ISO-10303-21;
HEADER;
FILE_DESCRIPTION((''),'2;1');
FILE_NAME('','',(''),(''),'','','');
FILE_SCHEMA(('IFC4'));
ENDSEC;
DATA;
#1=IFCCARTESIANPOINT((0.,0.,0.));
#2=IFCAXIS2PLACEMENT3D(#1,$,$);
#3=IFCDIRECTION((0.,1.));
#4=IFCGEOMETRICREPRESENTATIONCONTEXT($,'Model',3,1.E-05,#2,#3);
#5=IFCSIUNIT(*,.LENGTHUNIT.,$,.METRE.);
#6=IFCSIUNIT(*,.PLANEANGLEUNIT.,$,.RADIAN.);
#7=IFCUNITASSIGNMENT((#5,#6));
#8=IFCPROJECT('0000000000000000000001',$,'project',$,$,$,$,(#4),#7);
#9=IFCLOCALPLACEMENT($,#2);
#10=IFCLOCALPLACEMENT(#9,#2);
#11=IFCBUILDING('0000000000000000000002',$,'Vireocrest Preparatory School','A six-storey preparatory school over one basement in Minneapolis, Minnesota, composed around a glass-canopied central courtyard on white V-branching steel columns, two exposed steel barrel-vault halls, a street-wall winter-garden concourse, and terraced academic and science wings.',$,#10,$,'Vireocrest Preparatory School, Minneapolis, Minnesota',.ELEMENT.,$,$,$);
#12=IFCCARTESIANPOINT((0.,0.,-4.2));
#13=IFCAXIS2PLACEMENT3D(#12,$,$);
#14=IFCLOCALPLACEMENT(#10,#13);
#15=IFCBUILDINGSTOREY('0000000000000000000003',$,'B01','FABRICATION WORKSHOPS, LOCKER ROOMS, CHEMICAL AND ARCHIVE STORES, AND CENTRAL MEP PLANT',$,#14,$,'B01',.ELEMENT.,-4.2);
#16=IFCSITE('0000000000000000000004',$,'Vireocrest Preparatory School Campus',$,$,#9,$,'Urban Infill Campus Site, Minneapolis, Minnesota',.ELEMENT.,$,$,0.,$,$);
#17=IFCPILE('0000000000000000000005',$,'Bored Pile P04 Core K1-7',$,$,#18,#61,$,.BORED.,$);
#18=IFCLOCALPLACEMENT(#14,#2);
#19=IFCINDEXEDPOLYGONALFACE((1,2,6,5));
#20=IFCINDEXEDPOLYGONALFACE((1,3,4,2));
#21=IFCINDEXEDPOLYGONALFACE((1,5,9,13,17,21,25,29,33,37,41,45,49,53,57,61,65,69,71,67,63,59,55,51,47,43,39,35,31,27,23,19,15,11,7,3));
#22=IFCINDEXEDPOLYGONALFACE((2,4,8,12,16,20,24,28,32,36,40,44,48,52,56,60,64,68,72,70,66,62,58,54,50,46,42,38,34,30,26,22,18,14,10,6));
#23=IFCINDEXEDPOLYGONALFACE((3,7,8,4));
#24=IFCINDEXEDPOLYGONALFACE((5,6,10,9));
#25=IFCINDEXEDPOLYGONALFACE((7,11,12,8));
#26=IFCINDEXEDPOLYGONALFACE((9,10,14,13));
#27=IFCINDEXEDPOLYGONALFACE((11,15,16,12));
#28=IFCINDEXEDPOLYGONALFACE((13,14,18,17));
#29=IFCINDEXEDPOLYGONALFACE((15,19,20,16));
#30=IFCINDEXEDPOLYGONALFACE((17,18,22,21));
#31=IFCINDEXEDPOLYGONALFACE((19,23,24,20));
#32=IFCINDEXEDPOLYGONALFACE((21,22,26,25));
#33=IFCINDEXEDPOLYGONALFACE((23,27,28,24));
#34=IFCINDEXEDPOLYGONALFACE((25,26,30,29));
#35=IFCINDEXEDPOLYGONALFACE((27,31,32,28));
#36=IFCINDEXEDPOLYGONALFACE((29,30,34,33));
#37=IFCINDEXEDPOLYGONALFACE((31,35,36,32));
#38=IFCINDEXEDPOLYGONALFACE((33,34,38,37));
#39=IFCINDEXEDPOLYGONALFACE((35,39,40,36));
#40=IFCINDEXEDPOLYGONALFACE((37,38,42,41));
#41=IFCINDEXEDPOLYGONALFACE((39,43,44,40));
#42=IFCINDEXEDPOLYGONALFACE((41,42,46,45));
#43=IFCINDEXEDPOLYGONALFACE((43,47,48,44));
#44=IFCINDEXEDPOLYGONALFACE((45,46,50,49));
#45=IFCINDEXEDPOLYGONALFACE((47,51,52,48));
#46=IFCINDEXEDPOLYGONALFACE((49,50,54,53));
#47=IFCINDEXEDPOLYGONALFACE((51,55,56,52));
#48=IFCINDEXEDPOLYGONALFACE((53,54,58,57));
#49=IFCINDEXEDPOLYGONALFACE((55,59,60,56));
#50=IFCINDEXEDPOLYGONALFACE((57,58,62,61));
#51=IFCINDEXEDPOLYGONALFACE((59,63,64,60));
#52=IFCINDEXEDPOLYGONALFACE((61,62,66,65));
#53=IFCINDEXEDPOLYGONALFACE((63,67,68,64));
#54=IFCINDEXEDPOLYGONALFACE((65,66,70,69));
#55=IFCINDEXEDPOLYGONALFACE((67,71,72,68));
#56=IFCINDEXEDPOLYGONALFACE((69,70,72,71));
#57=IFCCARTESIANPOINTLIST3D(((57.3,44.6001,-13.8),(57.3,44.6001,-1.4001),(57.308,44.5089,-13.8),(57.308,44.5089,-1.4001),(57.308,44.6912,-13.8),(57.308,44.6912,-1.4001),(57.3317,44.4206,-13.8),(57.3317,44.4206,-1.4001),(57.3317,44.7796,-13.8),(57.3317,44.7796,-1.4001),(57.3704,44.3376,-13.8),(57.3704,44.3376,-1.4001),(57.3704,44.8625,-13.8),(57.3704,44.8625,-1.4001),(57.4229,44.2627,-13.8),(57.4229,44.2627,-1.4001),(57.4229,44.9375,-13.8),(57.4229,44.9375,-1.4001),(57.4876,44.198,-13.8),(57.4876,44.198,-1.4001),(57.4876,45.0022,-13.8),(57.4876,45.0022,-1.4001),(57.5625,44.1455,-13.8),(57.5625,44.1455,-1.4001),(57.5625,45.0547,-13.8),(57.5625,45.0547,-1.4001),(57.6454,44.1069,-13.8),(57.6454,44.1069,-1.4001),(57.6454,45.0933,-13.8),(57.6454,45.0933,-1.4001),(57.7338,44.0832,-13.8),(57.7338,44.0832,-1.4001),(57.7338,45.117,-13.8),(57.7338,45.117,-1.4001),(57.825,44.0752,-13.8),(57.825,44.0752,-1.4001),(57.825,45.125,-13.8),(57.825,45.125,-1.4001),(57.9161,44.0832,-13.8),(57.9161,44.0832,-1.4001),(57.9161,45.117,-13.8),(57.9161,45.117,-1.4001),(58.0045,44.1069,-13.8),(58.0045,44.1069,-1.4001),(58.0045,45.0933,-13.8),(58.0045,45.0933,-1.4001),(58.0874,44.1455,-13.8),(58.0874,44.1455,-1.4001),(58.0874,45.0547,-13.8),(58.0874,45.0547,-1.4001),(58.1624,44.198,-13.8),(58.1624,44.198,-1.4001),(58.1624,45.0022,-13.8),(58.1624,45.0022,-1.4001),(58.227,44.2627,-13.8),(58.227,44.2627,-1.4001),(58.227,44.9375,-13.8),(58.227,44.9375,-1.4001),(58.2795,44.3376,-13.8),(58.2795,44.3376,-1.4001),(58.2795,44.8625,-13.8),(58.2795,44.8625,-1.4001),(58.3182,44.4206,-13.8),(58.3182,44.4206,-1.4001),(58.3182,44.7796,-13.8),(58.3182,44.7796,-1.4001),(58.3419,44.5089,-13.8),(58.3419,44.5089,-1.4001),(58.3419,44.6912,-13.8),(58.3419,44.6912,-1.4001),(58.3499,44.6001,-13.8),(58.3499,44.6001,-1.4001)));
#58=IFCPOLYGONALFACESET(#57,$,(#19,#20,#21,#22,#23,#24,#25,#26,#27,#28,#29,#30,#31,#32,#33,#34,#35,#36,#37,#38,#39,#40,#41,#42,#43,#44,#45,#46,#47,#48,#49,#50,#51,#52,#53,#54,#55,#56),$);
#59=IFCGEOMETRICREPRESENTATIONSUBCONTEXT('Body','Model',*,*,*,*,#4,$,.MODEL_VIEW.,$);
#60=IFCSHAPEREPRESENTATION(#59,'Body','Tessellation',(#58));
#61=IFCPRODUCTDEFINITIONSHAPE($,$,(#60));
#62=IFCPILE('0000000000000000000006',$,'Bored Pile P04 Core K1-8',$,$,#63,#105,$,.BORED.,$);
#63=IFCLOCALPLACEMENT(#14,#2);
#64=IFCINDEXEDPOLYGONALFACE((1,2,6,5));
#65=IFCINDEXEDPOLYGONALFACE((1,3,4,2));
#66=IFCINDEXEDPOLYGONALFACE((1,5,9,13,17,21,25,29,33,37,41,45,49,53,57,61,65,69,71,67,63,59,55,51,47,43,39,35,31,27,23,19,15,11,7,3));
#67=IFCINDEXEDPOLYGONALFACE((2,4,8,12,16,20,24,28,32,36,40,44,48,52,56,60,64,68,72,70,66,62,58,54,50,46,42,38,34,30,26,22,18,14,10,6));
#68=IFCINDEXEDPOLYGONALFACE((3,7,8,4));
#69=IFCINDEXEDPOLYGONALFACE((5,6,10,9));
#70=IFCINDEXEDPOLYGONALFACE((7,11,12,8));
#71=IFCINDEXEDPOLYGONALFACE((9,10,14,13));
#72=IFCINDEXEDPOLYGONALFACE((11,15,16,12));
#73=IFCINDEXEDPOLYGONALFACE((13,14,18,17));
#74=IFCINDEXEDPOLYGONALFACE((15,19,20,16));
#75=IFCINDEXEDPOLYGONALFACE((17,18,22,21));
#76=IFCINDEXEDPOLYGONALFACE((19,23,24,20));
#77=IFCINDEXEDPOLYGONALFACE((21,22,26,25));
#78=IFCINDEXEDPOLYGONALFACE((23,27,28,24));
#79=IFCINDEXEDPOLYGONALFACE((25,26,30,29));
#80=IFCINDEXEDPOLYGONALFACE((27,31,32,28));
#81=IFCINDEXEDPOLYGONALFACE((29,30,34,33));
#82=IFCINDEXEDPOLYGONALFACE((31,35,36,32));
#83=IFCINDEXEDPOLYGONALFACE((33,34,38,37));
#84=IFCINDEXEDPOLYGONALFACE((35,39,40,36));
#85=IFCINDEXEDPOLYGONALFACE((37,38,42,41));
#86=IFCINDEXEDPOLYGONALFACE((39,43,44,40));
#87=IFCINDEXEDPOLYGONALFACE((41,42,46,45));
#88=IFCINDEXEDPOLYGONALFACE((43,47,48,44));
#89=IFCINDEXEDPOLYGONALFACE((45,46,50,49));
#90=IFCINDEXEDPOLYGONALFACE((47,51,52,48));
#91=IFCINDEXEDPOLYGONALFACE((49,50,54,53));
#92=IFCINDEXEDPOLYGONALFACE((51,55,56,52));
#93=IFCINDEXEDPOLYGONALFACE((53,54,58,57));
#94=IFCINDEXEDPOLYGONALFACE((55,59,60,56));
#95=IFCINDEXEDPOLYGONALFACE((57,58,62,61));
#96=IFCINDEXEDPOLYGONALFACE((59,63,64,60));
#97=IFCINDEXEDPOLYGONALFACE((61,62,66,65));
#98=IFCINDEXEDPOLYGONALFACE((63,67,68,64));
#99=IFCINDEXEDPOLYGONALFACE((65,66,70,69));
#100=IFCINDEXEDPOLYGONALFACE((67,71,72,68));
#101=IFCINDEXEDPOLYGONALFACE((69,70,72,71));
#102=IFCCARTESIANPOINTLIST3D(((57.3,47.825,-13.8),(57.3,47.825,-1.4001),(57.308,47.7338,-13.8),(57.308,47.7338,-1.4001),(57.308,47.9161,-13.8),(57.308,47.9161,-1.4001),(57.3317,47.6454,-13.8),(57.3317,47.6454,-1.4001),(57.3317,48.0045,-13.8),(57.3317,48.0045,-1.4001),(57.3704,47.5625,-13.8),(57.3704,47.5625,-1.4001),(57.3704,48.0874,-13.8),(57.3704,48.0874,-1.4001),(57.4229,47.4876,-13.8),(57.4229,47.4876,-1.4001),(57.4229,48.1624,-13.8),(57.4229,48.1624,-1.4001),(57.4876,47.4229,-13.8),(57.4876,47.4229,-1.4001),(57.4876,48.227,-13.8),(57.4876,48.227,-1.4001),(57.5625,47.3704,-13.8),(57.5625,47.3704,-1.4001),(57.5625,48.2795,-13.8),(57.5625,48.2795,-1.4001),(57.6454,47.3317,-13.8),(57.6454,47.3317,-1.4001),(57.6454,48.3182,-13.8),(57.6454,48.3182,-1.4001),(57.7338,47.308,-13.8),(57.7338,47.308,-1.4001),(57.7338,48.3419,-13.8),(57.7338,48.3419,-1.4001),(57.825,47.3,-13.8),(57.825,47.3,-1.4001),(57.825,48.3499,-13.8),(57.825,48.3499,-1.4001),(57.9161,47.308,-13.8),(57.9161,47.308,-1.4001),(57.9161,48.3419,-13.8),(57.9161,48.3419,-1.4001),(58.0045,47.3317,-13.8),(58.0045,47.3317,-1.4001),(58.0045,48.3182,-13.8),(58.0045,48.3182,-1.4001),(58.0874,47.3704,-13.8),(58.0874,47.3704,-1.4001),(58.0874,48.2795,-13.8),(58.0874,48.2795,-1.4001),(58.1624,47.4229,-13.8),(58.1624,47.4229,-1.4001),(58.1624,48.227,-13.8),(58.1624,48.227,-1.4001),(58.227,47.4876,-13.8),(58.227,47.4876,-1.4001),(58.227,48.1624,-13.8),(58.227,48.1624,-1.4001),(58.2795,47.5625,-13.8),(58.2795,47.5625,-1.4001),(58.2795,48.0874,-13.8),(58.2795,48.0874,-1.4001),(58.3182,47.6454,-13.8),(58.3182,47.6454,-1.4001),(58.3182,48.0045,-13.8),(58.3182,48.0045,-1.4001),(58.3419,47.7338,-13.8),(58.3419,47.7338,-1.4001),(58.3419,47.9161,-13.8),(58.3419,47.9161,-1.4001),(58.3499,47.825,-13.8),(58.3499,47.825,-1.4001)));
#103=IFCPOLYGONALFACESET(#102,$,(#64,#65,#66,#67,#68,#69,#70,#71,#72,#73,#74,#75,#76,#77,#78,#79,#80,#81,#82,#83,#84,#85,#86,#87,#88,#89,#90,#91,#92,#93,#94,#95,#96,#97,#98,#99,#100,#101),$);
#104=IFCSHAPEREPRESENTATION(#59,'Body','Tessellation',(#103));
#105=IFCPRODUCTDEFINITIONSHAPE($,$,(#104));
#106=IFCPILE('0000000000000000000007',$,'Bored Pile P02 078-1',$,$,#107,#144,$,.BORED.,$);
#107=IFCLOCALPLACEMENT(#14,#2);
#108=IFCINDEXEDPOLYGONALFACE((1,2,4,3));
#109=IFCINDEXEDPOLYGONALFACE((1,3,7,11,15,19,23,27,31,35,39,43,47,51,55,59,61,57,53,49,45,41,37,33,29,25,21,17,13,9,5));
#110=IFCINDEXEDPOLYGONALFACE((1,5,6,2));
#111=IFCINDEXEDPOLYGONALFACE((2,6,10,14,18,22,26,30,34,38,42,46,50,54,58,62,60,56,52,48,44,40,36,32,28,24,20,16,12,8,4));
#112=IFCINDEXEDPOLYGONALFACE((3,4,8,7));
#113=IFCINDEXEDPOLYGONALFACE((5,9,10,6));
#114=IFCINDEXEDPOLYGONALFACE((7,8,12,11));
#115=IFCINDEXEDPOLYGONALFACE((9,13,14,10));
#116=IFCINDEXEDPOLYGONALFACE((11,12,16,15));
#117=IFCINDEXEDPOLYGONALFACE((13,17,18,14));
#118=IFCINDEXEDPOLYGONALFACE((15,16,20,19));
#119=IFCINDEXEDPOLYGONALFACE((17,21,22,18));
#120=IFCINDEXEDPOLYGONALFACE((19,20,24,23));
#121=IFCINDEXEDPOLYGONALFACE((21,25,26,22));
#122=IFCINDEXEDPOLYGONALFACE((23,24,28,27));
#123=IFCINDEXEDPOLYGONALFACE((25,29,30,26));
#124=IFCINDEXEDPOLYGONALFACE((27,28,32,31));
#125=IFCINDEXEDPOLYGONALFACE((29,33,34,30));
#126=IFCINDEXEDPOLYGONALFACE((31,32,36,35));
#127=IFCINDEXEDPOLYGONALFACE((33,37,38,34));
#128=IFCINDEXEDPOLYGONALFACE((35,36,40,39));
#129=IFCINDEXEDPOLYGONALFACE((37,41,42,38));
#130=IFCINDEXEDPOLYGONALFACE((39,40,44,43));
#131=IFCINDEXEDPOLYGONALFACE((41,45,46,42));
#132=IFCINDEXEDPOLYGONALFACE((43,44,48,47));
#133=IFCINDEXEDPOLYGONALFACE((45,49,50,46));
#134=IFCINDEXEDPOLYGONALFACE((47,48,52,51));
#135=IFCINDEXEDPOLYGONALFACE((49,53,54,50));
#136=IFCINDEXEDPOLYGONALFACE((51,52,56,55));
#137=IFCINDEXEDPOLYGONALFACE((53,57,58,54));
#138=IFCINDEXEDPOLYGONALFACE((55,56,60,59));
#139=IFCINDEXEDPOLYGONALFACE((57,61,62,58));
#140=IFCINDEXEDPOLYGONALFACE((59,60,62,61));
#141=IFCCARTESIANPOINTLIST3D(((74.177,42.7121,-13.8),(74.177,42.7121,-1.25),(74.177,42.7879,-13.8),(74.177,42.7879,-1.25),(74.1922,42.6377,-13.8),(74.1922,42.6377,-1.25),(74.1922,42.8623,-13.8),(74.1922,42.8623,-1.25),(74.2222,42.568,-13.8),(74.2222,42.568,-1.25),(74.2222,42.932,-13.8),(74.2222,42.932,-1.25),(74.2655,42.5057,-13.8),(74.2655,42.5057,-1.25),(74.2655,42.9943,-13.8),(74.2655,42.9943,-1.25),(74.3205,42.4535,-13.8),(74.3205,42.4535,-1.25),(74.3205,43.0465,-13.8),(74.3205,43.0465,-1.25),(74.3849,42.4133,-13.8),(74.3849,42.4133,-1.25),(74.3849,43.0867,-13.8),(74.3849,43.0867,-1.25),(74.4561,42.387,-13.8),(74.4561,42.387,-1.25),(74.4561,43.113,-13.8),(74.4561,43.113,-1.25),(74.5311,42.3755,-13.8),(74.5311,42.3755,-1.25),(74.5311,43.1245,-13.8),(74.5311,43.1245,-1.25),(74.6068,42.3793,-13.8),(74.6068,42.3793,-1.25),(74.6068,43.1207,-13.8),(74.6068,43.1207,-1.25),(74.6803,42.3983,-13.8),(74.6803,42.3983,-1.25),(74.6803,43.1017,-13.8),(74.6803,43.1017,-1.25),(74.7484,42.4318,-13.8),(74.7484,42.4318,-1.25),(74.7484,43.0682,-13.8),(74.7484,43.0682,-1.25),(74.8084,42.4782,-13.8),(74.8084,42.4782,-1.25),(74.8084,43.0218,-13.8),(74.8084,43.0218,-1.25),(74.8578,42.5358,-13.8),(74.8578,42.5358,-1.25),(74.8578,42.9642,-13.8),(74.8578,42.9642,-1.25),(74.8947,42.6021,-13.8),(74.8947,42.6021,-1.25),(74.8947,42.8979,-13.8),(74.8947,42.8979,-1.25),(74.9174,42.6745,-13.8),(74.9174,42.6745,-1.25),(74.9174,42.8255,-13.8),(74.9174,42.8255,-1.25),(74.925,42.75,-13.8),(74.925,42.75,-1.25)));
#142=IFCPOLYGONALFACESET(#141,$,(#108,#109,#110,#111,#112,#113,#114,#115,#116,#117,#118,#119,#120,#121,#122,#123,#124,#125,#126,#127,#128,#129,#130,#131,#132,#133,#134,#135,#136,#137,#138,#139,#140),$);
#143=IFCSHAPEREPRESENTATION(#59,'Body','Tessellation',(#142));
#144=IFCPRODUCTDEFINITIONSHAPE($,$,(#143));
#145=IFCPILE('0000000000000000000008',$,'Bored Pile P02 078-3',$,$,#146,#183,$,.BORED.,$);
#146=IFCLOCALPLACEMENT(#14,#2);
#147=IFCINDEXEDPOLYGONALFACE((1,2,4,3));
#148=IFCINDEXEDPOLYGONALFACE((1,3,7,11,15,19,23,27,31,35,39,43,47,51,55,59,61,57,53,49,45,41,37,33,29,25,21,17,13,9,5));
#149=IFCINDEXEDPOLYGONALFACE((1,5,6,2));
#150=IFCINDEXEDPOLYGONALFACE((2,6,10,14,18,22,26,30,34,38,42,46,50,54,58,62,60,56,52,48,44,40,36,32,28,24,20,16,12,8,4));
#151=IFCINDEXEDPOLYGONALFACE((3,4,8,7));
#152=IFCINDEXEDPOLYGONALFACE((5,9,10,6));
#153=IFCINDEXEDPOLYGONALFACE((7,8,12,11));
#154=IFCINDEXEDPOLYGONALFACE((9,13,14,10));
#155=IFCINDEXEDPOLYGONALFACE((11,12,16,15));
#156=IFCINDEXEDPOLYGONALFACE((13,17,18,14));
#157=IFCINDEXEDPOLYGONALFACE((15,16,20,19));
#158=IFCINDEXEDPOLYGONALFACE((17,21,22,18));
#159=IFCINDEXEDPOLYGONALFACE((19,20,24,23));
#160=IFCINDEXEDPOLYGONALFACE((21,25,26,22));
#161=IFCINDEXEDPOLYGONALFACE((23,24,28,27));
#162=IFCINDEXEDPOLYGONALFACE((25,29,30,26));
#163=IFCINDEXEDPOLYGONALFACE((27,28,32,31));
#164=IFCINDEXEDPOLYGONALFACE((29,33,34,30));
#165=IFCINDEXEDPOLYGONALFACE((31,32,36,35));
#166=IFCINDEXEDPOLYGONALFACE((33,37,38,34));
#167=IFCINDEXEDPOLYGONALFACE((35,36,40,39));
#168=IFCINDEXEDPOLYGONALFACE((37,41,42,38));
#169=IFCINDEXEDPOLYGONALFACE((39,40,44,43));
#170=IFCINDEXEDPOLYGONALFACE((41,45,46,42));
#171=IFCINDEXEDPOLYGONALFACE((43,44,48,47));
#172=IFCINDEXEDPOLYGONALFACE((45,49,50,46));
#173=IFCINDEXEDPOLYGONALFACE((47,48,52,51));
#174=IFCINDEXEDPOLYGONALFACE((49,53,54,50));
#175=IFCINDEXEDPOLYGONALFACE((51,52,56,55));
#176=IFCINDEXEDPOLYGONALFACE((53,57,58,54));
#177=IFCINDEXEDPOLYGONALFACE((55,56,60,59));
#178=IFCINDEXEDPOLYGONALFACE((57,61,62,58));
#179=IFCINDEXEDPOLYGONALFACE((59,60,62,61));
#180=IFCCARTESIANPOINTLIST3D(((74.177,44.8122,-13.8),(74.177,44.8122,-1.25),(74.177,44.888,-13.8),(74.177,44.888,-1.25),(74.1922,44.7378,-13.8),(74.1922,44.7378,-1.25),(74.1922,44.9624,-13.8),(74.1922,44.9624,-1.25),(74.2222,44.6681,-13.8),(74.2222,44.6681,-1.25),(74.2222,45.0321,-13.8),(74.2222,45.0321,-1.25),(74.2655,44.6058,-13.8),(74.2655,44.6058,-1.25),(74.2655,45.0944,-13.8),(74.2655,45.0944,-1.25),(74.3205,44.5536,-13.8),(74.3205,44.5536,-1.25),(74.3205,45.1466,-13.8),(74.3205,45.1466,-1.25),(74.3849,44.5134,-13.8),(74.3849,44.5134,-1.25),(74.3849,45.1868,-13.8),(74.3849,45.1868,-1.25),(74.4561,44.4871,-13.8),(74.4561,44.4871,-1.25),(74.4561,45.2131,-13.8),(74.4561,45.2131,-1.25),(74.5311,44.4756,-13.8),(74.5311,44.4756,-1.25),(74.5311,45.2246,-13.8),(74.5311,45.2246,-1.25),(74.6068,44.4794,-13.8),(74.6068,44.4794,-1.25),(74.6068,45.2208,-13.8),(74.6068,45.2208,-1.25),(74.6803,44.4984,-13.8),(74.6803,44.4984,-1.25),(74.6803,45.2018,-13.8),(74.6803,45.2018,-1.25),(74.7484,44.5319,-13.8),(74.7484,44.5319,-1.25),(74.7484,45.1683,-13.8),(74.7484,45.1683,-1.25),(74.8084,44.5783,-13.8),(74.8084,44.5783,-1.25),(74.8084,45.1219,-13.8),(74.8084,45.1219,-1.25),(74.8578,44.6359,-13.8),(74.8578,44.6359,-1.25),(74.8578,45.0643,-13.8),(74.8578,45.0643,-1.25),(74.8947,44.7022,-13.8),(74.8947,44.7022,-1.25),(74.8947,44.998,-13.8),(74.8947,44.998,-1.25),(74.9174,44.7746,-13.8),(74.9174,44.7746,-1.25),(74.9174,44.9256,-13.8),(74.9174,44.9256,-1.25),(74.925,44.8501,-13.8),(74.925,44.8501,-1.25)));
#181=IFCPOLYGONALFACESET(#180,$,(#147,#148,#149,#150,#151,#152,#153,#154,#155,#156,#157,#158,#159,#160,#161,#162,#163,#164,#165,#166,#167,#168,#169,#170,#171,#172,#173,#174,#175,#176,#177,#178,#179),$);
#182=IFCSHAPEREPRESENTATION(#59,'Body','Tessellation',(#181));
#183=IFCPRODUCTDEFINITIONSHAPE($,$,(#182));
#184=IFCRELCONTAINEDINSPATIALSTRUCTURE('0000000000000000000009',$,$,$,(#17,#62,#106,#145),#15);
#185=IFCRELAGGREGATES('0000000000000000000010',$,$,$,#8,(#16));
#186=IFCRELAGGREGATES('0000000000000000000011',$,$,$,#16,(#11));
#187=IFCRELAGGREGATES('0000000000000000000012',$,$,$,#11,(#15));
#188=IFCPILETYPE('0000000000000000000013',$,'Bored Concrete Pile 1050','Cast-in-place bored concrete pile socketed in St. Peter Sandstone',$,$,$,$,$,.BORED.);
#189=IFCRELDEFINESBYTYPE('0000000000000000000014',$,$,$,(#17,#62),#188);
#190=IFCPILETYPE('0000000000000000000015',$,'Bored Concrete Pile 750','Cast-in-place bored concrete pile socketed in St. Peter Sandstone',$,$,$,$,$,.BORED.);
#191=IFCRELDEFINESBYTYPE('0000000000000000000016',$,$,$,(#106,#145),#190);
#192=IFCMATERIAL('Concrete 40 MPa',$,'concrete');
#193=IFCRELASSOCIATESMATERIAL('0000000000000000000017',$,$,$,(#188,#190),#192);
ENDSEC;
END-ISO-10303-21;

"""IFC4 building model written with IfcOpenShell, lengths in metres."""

from ifc_helpers import new_model, si_unit, direction, frame, origin, origin_2d, place, context, subcontext, project, spatial, circle, extrude, material, material_profile, profile_set, type_object, element, save


model = new_model("IFC4")

# Units and contexts
model_context = context("Model", 3, precision=1e-05, world=origin(), true_north=direction((0.0, 1.0)))
body_context = subcontext(model_context, "Body", "Model", "MODEL_VIEW")
ifc_project = project(units=[si_unit("LENGTHUNIT", "METRE"), si_unit("PLANEANGLEUNIT", "RADIAN")], contexts=[model_context])

# Site, building, storey
site_placement = place(None, origin())
site = spatial("IfcSite", under=ifc_project, at=site_placement, Name="Vireocrest Preparatory School Campus", LongName="Urban Infill Campus Site, Minneapolis, Minnesota", CompositionType="ELEMENT", RefElevation=0.0)
building_placement = place(site_placement, origin())
building = spatial("IfcBuilding", under=site, at=building_placement, Name="Vireocrest Preparatory School", Description="A six-storey preparatory school over one basement in Minneapolis, Minnesota, composed around a glass-canopied central courtyard on white V-branching steel columns, two exposed steel barrel-vault halls, a street-wall winter-garden concourse, and terraced academic and science wings.", LongName="Vireocrest Preparatory School, Minneapolis, Minnesota", CompositionType="ELEMENT")
storey_placement = place(building_placement, frame((0.0, 0.0, -4.2)))
storey = spatial("IfcBuildingStorey", under=building, at=storey_placement, Name="B01", Description="FABRICATION WORKSHOPS, LOCKER ROOMS, CHEMICAL AND ARCHIVE STORES, AND CENTRAL MEP PLANT", LongName="B01", CompositionType="ELEMENT", Elevation=-4.2)

# Piles
ifc_material_1 = material(Name="Concrete 40 MPa", Category="concrete")
ifc_material_profile_1 = material_profile(ifc_material_1, circle(Radius=0.5249, at=origin_2d()), Name="BORED PILE 1050")
ifc_profile_set_1 = profile_set([ifc_material_profile_1], Name="Concrete 40 MPa")
pile_type_1 = type_object("IfcPileType", Name="Bored Concrete Pile 1050", Description="Cast-in-place bored concrete pile socketed in St. Peter Sandstone", PredefinedType="BORED", material=ifc_profile_set_1)
for number, where, z_axis, x_axis, name in (
    (1, (57.825, 44.6001, -1.4001), (0.0, 0.0, -1.0), (1.0, 0.0, 0.0), "Bored Pile P04 Core K1-7"),
    (2, (57.825, 47.825, -1.4001), (0.0, 0.0, -1.0), (1.0, 0.0, 0.0), "Bored Pile P04 Core K1-8"),
):
    element("IfcPile", number, at=place(storey_placement, frame(where, z_axis=z_axis, x_axis=x_axis)), inside=storey, type_object=pile_type_1, Name=name, PredefinedType="BORED", context=body_context, shape_type="SweptSolid", body=[
        extrude(circle(Radius=0.5249, at=origin_2d()), origin(), (0.0, 0.0, 1.0), 12.3999),
    ])
ifc_material_profile_2 = material_profile(ifc_material_1, circle(Radius=0.375, at=origin_2d()), Name="BORED PILE 750")
ifc_profile_set_2 = profile_set([ifc_material_profile_2], Name="Concrete 40 MPa")
pile_type_2 = type_object("IfcPileType", Name="Bored Concrete Pile 750", Description="Cast-in-place bored concrete pile socketed in St. Peter Sandstone", PredefinedType="BORED", material=ifc_profile_set_2)
for number, where, z_axis, x_axis, name in (
    (3, (74.55, 42.75, -1.25), (0.0, 0.0, -1.0), (1.0, 0.0, 0.0), "Bored Pile P02 078-1"),
    (4, (74.55, 44.8501, -1.25), (0.0, 0.0, -1.0), (1.0, 0.0, 0.0), "Bored Pile P02 078-3"),
):
    element("IfcPile", number, at=place(storey_placement, frame(where, z_axis=z_axis, x_axis=x_axis)), inside=storey, type_object=pile_type_2, Name=name, PredefinedType="BORED", context=body_context, shape_type="SweptSolid", body=[
        extrude(circle(Radius=0.375, at=origin_2d()), origin(), (0.0, 0.0, 1.0), 12.55),
    ])

save(model, "model.ifc")
